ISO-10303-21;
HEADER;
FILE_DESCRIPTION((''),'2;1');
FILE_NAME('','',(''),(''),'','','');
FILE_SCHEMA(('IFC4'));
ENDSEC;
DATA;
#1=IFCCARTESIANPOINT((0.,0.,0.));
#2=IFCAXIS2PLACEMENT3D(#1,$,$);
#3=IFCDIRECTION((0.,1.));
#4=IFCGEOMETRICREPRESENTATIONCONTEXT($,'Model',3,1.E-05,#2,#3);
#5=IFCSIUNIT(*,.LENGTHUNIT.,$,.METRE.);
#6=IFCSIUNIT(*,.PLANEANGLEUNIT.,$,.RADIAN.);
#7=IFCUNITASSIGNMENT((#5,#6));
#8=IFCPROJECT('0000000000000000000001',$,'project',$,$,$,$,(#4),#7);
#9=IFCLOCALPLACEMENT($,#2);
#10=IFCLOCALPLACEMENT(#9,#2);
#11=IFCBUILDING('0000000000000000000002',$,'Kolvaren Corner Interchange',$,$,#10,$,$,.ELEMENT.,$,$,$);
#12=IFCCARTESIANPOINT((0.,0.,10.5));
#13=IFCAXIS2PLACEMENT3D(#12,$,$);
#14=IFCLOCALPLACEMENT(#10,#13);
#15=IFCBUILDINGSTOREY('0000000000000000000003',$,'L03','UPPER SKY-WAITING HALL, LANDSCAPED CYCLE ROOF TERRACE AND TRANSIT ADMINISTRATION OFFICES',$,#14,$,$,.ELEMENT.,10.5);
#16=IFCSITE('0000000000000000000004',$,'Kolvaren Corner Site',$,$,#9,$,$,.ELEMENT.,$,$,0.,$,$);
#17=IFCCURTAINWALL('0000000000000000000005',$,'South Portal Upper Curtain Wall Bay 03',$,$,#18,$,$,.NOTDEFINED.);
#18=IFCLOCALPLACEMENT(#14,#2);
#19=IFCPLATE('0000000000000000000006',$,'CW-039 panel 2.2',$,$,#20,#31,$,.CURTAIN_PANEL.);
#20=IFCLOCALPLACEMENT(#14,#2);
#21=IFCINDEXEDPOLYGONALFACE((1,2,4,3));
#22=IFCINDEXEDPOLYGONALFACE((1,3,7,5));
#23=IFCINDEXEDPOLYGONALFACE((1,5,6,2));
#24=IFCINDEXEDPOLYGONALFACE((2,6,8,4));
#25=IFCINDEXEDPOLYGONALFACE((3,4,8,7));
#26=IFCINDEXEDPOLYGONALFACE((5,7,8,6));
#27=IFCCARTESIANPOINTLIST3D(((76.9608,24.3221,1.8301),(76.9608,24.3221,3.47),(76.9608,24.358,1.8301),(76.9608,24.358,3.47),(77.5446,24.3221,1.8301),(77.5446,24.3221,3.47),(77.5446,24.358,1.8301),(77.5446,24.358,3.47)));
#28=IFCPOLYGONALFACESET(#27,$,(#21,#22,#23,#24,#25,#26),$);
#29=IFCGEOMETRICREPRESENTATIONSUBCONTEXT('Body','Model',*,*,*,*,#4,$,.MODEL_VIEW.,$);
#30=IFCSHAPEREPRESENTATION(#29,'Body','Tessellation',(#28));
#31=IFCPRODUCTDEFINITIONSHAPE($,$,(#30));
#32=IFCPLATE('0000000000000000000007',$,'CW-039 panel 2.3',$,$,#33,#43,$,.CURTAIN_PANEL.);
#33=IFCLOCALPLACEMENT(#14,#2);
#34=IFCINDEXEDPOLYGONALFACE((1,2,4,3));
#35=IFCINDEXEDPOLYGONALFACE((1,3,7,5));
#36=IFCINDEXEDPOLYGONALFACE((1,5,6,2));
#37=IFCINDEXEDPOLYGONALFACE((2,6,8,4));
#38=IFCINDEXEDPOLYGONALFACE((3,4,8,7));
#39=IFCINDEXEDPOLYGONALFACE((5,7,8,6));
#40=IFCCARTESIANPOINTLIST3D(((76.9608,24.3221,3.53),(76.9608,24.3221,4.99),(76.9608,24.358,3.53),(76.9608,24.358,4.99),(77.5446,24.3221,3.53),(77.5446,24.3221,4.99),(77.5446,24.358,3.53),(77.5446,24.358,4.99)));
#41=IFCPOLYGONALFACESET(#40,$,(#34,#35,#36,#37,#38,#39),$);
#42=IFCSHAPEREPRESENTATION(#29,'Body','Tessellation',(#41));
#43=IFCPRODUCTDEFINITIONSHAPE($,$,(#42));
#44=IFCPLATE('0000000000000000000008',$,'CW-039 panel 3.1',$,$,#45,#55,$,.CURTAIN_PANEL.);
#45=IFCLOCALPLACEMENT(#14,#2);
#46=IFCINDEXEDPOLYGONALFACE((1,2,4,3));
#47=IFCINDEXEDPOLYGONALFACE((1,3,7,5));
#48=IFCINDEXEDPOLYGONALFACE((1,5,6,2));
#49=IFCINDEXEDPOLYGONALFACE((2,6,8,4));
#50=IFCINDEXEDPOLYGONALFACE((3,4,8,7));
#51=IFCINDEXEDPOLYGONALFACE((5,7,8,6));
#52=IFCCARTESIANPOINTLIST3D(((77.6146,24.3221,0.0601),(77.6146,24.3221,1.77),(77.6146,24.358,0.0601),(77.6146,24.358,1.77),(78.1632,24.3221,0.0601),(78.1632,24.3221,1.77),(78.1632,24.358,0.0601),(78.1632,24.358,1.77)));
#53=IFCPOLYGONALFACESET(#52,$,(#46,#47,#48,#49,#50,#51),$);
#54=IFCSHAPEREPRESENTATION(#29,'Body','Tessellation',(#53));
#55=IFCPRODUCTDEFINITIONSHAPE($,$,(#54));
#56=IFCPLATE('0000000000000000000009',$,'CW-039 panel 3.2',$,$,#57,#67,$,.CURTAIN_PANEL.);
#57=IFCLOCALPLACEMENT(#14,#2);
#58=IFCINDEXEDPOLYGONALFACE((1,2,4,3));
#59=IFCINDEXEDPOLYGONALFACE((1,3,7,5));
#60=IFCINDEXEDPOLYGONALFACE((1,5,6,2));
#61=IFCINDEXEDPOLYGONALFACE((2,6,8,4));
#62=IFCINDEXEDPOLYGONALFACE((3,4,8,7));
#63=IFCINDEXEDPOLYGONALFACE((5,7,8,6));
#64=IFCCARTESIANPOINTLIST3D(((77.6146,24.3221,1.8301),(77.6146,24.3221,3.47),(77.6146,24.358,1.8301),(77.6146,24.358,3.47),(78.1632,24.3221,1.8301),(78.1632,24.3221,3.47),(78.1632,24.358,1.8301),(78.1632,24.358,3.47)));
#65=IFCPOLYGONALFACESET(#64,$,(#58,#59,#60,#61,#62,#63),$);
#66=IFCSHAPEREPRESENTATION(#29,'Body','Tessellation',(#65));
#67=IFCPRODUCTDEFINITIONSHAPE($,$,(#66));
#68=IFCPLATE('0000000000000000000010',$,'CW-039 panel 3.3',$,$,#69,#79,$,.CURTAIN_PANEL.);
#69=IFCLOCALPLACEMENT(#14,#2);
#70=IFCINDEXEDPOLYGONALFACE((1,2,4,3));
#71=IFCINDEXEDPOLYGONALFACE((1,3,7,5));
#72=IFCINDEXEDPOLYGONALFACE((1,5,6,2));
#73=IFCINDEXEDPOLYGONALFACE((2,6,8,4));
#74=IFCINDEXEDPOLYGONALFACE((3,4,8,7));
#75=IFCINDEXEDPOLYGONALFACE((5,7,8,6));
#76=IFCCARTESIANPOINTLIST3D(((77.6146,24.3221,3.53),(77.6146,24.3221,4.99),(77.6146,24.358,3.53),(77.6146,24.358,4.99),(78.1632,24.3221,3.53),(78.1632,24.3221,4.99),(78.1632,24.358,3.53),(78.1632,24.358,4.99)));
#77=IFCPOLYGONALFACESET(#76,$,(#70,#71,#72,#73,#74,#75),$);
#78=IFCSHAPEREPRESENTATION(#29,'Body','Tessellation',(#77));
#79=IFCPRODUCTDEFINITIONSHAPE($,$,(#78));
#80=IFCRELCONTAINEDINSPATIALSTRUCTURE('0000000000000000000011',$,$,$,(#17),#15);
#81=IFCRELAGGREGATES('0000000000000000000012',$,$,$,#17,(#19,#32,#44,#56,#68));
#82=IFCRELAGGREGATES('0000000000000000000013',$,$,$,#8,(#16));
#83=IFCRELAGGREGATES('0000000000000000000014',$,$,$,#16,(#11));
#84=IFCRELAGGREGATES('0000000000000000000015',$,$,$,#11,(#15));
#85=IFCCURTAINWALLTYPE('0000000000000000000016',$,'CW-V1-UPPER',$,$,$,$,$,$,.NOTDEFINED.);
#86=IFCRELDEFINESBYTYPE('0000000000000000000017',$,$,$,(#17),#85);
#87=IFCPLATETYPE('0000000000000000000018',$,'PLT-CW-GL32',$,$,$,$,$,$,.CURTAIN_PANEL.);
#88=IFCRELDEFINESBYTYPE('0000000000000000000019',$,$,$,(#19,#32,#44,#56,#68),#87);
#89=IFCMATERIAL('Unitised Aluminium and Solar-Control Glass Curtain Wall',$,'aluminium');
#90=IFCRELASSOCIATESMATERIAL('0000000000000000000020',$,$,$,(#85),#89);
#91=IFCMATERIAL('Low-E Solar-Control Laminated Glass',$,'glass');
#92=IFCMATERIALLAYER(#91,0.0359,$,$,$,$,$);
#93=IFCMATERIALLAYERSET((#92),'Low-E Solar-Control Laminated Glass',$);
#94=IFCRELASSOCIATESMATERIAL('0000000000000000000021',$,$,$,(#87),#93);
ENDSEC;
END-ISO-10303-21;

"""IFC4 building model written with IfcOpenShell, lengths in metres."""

from ifc_helpers import new_model, si_unit, direction, frame, origin, origin_2d, place, context, subcontext, project, spatial, rectangle, extrude, material, layer, layer_set, type_object, element, aggregate, save


model = new_model("IFC4")

# Units and contexts
model_context = context("Model", 3, precision=1e-05, world=origin(), true_north=direction((0.0, 1.0)))
body_context = subcontext(model_context, "Body", "Model", "MODEL_VIEW")
ifc_project = project(units=[si_unit("LENGTHUNIT", "METRE"), si_unit("PLANEANGLEUNIT", "RADIAN")], contexts=[model_context])

# Site, building, storey
site_placement = place(None, origin())
site = spatial("IfcSite", under=ifc_project, at=site_placement, Name="Kolvaren Corner Site", CompositionType="ELEMENT", RefElevation=0.0)
building_placement = place(site_placement, origin())
building = spatial("IfcBuilding", under=site, at=building_placement, Name="Kolvaren Corner Interchange", CompositionType="ELEMENT")
storey_placement = place(building_placement, frame((0.0, 0.0, 10.5)))
storey = spatial("IfcBuildingStorey", under=building, at=storey_placement, Name="L03", Description="UPPER SKY-WAITING HALL, LANDSCAPED CYCLE ROOF TERRACE AND TRANSIT ADMINISTRATION OFFICES", CompositionType="ELEMENT", Elevation=10.5)

# Curtain wall, plates
ifc_material_1 = material(Name="Unitised Aluminium and Solar-Control Glass Curtain Wall", Category="aluminium")
curtain_wall_type = type_object("IfcCurtainWallType", Name="CW-V1-UPPER", PredefinedType="NOTDEFINED", material=ifc_material_1)
curtain_wall_placement = place(storey_placement, origin())
curtain_wall = element("IfcCurtainWall", 1, at=curtain_wall_placement, inside=storey, type_object=curtain_wall_type, Name="South Portal Upper Curtain Wall Bay 03", PredefinedType="NOTDEFINED")
ifc_material_2 = material(Name="Low-E Solar-Control Laminated Glass", Category="glass")
ifc_layer = layer(ifc_material_2, 0.0359)
ifc_layer_set = layer_set([ifc_layer], Name="Low-E Solar-Control Laminated Glass")
plate_type = type_object("IfcPlateType", Name="PLT-CW-GL32", PredefinedType="CURTAIN_PANEL", material=ifc_layer_set)
plate_1_placement = place(storey_placement, frame((77.2527, 24.3401, 1.8301), z_axis=(0.0, 0.0, 1.0), x_axis=(1.0, 0.0, 0.0)))
plate_1 = element("IfcPlate", 2, at=plate_1_placement, type_object=plate_type, Name="CW-039 panel 2.2", PredefinedType="CURTAIN_PANEL", context=body_context, shape_type="SweptSolid", body=[
    extrude(rectangle(XDim=0.5837, YDim=0.0359, at=origin_2d()), origin(), (0.0, 0.0, 1.0), 1.6399),
])
plate_2_placement = place(storey_placement, frame((77.2527, 24.3401, 3.53), z_axis=(0.0, 0.0, 1.0), x_axis=(1.0, 0.0, 0.0)))
plate_2 = element("IfcPlate", 3, at=plate_2_placement, type_object=plate_type, Name="CW-039 panel 2.3", PredefinedType="CURTAIN_PANEL", context=body_context, shape_type="SweptSolid", body=[
    extrude(rectangle(XDim=0.5837, YDim=0.0359, at=origin_2d()), origin(), (0.0, 0.0, 1.0), 1.46),
])
plate_3_placement = place(storey_placement, frame((77.8889, 24.3401, 0.0601), z_axis=(0.0, 0.0, 1.0), x_axis=(1.0, 0.0, 0.0)))
plate_3 = element("IfcPlate", 4, at=plate_3_placement, type_object=plate_type, Name="CW-039 panel 3.1", PredefinedType="CURTAIN_PANEL", context=body_context, shape_type="SweptSolid", body=[
    extrude(rectangle(XDim=0.5486, YDim=0.0359, at=origin_2d()), origin(), (0.0, 0.0, 1.0), 1.71),
])
plate_4_placement = place(storey_placement, frame((77.8889, 24.3401, 1.8301), z_axis=(0.0, 0.0, 1.0), x_axis=(1.0, 0.0, 0.0)))
plate_4 = element("IfcPlate", 5, at=plate_4_placement, type_object=plate_type, Name="CW-039 panel 3.2", PredefinedType="CURTAIN_PANEL", context=body_context, shape_type="SweptSolid", body=[
    extrude(rectangle(XDim=0.5486, YDim=0.0359, at=origin_2d()), origin(), (0.0, 0.0, 1.0), 1.6399),
])
plate_5_placement = place(storey_placement, frame((77.8889, 24.3401, 3.53), z_axis=(0.0, 0.0, 1.0), x_axis=(1.0, 0.0, 0.0)))
plate_5 = element("IfcPlate", 6, at=plate_5_placement, type_object=plate_type, Name="CW-039 panel 3.3", PredefinedType="CURTAIN_PANEL", context=body_context, shape_type="SweptSolid", body=[
    extrude(rectangle(XDim=0.5486, YDim=0.0359, at=origin_2d()), origin(), (0.0, 0.0, 1.0), 1.46),
])
aggregate(curtain_wall, [plate_1, plate_2, plate_3, plate_4, plate_5])

save(model, "model.ifc")
